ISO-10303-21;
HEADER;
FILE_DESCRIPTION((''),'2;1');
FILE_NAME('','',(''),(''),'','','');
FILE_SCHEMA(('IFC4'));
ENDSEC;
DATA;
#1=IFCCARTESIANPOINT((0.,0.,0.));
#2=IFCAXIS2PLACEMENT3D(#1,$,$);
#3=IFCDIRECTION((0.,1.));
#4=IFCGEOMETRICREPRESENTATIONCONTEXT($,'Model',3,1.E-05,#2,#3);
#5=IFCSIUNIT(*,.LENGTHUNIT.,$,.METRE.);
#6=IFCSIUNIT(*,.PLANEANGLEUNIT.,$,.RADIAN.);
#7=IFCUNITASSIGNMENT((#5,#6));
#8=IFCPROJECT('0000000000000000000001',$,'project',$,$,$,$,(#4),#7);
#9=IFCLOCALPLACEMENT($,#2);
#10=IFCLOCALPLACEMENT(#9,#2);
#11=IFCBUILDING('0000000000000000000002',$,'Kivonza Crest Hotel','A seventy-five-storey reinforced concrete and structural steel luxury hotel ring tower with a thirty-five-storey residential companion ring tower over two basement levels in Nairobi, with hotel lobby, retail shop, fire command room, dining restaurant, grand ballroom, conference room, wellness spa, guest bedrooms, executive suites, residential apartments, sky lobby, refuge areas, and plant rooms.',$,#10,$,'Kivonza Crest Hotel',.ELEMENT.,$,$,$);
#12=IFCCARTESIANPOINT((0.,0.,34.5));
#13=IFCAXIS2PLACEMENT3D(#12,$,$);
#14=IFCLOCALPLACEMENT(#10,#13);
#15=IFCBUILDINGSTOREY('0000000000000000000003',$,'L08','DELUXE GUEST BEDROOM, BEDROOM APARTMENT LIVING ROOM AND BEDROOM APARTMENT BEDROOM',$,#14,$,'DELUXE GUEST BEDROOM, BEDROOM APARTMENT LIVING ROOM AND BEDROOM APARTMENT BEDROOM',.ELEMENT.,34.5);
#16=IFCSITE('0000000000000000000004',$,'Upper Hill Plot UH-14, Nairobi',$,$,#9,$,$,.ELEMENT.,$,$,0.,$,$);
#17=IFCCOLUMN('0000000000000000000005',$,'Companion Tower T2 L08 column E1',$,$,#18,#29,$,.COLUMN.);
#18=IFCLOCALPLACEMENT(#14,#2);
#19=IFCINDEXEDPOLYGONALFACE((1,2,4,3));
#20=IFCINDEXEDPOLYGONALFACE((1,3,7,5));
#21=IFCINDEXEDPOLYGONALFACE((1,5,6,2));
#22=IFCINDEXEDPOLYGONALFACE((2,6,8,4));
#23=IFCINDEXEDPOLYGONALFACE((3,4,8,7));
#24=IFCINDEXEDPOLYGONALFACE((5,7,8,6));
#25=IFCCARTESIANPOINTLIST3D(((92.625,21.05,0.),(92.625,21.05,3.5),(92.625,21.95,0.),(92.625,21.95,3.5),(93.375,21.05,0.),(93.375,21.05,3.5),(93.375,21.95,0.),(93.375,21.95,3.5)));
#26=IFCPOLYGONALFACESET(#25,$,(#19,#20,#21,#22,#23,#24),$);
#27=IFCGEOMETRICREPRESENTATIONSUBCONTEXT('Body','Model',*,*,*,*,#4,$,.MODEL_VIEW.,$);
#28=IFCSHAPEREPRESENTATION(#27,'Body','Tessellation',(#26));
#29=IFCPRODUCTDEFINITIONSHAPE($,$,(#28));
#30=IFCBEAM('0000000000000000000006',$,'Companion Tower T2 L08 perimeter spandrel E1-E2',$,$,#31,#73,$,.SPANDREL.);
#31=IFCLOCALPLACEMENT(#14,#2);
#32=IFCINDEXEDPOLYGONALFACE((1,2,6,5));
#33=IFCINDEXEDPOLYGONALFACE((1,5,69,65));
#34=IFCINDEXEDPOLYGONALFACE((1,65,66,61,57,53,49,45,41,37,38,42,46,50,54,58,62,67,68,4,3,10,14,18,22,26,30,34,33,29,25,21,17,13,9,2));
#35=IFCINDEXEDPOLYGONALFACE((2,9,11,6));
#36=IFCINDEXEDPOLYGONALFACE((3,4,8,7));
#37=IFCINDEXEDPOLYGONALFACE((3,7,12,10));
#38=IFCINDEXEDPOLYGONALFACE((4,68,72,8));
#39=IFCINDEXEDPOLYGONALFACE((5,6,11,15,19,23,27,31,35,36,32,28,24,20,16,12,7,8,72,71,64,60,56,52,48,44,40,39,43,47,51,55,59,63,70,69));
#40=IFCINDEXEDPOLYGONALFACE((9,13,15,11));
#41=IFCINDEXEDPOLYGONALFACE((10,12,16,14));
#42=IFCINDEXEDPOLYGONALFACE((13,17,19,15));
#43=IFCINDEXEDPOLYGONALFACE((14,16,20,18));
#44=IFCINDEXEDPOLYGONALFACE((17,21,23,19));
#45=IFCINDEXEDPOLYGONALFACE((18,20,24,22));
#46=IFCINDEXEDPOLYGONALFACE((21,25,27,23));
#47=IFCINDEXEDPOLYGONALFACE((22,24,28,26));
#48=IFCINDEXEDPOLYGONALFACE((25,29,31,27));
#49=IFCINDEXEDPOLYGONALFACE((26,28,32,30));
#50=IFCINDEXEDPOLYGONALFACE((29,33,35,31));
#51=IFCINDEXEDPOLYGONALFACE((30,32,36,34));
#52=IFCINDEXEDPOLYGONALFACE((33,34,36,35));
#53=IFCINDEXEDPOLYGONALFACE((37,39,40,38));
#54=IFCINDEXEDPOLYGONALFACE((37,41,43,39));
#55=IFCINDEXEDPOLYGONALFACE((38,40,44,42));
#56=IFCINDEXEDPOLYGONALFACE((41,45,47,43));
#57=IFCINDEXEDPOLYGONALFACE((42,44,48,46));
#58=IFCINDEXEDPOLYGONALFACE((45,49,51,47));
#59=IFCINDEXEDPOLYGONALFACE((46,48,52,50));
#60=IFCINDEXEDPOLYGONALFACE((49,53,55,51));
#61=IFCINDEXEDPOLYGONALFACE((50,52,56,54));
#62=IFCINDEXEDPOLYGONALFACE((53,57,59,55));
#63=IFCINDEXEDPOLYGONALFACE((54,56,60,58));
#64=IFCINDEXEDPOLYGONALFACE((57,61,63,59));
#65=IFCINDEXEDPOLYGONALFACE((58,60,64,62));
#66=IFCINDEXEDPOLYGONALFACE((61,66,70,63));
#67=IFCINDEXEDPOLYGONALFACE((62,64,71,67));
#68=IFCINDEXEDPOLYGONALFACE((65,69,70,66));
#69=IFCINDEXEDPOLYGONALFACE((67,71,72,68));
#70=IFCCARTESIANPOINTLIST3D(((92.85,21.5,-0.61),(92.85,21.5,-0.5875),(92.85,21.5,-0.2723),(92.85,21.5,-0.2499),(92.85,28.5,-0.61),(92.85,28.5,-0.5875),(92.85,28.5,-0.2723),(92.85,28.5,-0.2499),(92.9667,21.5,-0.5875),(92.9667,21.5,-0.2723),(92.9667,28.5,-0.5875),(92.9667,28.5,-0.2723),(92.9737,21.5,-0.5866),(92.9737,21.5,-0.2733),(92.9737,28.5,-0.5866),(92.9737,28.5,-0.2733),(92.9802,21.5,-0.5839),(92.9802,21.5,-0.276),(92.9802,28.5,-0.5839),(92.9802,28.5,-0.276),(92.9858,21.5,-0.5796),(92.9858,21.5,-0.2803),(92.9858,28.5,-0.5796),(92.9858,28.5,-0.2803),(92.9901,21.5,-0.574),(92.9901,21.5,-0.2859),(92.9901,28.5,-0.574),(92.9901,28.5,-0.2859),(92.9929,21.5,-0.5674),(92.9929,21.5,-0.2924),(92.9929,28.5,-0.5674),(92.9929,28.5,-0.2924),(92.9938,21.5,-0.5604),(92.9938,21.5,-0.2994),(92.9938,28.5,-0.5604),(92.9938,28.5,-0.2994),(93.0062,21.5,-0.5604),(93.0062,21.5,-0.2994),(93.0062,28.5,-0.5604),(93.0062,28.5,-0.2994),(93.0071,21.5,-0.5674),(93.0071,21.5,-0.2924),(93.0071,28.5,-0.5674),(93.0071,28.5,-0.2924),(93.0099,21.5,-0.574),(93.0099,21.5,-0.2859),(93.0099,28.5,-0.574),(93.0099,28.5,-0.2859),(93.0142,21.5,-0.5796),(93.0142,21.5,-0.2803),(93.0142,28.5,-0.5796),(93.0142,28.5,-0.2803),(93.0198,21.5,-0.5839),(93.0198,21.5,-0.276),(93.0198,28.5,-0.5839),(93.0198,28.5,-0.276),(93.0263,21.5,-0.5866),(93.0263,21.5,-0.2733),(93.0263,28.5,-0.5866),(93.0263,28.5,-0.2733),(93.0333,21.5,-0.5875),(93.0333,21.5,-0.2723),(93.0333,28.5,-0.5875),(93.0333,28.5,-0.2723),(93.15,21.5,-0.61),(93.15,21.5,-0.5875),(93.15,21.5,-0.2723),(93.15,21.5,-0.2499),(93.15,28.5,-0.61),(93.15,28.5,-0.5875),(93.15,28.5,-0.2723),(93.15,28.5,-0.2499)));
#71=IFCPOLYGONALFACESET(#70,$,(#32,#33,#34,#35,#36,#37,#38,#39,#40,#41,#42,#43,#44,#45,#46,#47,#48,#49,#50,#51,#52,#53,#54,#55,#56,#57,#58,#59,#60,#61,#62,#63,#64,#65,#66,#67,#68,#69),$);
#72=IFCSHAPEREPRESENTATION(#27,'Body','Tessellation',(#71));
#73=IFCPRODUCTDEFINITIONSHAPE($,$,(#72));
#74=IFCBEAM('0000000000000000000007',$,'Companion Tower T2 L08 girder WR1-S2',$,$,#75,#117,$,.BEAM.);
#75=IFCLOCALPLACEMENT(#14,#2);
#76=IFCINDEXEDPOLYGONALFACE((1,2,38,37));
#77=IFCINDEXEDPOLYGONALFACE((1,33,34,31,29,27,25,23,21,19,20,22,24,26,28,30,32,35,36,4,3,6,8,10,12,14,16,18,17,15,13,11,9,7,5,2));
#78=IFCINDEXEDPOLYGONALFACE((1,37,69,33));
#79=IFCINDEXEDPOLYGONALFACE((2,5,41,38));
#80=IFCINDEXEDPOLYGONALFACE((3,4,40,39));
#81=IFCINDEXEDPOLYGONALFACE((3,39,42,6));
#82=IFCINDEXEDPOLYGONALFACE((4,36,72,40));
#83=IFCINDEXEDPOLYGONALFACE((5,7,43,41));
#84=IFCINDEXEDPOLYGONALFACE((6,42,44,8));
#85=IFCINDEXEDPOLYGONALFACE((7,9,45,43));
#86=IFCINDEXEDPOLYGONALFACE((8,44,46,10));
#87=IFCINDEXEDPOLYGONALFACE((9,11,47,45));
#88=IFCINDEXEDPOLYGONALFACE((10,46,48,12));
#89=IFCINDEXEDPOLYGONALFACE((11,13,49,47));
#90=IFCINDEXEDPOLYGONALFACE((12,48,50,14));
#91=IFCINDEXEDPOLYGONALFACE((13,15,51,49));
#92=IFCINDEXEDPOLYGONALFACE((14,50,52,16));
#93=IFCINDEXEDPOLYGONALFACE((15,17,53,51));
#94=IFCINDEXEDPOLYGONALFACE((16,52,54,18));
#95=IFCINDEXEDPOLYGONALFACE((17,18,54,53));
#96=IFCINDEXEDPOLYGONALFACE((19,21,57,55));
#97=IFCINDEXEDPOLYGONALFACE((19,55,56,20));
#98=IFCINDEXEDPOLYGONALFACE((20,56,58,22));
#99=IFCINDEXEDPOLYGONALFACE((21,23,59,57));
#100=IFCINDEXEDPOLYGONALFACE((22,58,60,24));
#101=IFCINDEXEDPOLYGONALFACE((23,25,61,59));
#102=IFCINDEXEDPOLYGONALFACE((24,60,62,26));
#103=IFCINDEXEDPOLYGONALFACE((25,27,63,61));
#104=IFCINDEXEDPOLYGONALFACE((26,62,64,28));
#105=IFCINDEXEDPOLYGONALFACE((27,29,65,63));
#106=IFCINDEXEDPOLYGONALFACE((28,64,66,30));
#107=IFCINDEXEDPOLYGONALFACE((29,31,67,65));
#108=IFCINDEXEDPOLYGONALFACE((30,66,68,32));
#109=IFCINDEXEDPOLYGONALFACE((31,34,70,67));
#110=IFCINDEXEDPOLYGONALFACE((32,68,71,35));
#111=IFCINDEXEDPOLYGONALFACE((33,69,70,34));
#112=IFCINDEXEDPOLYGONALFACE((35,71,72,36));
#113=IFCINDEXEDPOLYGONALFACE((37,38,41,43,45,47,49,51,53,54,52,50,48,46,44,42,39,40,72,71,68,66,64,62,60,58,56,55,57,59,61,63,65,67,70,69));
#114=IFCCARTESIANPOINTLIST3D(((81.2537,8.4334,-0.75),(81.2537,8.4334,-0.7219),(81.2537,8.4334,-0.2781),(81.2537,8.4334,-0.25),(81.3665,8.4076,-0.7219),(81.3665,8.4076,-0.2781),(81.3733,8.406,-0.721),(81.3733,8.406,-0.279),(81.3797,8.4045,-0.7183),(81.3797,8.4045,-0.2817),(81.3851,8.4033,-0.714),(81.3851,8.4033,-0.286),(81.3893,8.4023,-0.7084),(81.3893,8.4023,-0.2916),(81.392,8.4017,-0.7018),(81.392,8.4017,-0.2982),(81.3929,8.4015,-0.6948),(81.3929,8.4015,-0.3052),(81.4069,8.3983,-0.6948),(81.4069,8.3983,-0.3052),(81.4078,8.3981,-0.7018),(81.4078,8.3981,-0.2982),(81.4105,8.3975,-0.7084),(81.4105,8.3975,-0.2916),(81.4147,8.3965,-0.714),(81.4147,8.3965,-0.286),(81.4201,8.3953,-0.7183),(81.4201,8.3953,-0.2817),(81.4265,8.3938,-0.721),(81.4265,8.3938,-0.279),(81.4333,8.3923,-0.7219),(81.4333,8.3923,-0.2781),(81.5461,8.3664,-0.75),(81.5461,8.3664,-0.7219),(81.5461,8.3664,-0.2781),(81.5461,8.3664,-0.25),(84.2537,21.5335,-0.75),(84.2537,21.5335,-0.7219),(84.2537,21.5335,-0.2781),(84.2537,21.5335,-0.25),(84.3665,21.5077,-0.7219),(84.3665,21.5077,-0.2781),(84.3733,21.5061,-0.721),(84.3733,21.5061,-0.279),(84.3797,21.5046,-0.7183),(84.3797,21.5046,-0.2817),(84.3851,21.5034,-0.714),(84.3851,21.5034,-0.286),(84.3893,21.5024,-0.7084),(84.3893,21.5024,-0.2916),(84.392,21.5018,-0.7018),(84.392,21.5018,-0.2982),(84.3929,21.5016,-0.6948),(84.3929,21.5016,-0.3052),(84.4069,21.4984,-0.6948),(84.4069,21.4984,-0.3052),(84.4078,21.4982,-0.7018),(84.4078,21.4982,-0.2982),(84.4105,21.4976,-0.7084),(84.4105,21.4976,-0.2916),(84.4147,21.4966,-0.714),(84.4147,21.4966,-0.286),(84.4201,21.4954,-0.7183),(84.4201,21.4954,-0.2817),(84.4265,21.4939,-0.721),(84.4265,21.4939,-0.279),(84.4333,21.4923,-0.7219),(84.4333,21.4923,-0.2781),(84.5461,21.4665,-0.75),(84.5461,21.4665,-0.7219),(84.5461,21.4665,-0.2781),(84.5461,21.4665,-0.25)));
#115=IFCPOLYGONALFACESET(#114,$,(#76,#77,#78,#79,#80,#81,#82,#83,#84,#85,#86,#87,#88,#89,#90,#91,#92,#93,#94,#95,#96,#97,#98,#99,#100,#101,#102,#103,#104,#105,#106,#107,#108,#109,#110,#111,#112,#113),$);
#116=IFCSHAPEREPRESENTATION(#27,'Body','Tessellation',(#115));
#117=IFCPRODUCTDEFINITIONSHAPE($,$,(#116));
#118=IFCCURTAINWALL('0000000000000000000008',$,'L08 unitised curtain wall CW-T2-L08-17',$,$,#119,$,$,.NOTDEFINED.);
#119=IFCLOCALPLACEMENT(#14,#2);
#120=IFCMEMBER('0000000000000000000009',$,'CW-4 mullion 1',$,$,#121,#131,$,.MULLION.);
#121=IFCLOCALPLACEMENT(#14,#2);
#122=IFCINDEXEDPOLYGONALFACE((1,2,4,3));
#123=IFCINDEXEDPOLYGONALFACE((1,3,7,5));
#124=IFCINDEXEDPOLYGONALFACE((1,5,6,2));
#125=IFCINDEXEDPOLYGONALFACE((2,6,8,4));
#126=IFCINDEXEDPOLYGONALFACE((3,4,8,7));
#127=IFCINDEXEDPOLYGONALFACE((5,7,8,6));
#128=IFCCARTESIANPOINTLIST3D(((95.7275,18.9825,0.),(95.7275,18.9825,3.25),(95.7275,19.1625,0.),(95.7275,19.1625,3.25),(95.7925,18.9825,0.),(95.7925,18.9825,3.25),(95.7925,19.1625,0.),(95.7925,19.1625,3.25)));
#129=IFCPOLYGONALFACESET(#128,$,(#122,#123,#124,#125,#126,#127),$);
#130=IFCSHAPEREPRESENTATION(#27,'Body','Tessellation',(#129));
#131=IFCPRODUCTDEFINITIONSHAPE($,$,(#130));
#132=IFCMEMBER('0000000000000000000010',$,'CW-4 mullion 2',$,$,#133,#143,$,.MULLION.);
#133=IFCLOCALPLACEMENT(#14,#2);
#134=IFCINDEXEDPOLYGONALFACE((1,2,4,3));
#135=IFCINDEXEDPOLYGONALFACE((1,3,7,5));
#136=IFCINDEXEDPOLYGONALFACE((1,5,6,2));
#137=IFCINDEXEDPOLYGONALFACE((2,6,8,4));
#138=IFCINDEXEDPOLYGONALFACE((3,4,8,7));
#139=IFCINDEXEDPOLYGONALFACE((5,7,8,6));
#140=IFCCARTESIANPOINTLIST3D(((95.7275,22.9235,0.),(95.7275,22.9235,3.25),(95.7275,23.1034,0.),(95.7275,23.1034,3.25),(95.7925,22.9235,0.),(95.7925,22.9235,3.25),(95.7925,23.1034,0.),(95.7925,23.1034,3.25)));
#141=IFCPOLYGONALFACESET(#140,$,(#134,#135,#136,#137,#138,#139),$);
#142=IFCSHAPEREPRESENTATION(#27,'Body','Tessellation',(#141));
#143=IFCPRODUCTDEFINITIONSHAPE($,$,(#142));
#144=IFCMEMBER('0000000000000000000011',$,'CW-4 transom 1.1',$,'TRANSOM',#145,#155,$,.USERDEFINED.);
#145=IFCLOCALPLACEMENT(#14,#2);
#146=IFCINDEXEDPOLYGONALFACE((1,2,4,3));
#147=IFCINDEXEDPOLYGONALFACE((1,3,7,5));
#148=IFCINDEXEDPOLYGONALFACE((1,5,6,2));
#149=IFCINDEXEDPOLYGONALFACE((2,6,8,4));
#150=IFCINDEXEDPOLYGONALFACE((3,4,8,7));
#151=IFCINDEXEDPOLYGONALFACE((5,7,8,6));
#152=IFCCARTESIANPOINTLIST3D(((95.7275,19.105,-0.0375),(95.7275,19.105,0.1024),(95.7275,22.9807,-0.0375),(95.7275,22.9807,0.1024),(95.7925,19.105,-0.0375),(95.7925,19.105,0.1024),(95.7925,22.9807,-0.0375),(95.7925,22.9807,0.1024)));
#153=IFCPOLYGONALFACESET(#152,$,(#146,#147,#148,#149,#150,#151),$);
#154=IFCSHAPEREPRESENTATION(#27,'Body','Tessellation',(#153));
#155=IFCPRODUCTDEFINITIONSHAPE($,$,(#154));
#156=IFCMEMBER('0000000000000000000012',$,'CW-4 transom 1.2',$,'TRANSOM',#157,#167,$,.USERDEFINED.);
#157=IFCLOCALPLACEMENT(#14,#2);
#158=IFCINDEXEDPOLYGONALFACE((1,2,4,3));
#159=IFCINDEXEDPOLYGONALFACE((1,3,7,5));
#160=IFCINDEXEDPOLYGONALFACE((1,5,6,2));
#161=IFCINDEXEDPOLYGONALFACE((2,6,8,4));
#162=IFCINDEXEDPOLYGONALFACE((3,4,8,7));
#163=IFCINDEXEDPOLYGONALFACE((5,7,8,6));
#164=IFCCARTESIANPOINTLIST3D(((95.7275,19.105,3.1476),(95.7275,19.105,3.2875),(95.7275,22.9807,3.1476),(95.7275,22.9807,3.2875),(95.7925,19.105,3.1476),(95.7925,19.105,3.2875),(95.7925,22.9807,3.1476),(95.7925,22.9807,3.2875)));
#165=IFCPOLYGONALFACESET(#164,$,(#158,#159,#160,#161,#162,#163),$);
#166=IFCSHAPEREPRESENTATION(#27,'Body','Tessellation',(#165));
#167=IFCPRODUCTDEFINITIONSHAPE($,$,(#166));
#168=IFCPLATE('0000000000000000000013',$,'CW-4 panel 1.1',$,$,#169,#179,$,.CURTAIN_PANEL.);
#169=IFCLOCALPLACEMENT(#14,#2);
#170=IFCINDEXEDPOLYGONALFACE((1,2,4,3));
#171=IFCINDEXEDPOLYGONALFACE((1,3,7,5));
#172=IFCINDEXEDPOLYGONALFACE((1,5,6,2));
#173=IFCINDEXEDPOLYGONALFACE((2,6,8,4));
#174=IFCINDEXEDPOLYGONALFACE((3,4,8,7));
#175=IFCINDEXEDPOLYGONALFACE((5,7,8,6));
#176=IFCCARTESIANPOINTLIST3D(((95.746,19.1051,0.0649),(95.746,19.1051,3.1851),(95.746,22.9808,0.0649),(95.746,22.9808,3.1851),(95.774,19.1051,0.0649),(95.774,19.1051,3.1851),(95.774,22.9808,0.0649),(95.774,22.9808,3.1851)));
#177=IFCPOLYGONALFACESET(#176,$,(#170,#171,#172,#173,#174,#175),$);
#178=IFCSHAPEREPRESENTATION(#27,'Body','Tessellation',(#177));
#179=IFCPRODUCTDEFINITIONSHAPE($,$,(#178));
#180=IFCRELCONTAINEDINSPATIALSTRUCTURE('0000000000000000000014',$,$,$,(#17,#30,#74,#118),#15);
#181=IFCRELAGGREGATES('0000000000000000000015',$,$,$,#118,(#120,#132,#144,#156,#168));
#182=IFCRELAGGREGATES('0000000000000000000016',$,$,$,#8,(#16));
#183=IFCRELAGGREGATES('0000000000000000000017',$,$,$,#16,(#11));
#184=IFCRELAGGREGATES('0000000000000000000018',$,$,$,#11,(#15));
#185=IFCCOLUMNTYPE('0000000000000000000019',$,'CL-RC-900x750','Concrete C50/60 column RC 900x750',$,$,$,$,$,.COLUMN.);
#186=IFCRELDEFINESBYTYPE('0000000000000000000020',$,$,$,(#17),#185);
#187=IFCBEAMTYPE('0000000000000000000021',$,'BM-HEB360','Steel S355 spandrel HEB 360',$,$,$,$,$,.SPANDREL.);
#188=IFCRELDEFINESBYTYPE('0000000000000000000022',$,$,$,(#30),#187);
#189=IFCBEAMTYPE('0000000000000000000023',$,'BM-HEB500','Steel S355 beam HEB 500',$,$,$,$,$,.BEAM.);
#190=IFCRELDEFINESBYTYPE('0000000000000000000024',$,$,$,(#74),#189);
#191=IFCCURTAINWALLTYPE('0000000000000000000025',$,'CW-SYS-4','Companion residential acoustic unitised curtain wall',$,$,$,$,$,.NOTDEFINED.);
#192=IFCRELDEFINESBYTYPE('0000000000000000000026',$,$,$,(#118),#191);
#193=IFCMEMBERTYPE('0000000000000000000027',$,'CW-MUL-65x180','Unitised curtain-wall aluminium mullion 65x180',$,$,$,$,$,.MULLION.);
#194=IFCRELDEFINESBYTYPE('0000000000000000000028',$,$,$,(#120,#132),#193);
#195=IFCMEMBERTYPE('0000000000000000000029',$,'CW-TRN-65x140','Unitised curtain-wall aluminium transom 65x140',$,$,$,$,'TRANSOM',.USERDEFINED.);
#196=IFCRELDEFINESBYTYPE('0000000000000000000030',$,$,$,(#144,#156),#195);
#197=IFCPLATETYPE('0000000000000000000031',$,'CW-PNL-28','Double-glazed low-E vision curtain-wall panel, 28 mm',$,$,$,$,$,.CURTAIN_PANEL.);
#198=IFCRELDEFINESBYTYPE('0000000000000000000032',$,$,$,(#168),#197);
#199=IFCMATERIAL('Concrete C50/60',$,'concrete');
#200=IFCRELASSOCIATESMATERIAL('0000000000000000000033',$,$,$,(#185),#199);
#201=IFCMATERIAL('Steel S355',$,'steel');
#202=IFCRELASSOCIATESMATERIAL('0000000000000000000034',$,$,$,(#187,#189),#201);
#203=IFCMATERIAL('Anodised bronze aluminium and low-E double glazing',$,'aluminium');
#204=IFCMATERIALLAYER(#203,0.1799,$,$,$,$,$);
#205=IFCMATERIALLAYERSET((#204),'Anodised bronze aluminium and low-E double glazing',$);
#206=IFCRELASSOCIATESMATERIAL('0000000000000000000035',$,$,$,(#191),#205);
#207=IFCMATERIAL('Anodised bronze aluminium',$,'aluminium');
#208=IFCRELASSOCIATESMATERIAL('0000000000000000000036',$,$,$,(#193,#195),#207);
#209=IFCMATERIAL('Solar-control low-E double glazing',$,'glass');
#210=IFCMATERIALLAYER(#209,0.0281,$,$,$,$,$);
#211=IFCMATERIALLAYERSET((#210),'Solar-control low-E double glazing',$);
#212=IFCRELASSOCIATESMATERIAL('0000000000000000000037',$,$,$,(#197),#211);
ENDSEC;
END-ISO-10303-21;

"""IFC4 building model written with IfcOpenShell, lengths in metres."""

from ifc_helpers import new_model, si_unit, direction, frame, origin, origin_2d, place, context, subcontext, project, spatial, rectangle, i_section, extrude, material, layer, layer_set, material_profile, profile_set, type_object, element, aggregate, save


model = new_model("IFC4")

# Units and contexts
model_context = context("Model", 3, precision=1e-05, world=origin(), true_north=direction((0.0, 1.0)))
body_context = subcontext(model_context, "Body", "Model", "MODEL_VIEW")
ifc_project = project(units=[si_unit("LENGTHUNIT", "METRE"), si_unit("PLANEANGLEUNIT", "RADIAN")], contexts=[model_context])

# Site, building, storey
site_placement = place(None, origin())
site = spatial("IfcSite", under=ifc_project, at=site_placement, Name="Upper Hill Plot UH-14, Nairobi", CompositionType="ELEMENT", RefElevation=0.0)
building_placement = place(site_placement, origin())
building = spatial("IfcBuilding", under=site, at=building_placement, Name="Kivonza Crest Hotel", Description="A seventy-five-storey reinforced concrete and structural steel luxury hotel ring tower with a thirty-five-storey residential companion ring tower over two basement levels in Nairobi, with hotel lobby, retail shop, fire command room, dining restaurant, grand ballroom, conference room, wellness spa, guest bedrooms, executive suites, residential apartments, sky lobby, refuge areas, and plant rooms.", LongName="Kivonza Crest Hotel", CompositionType="ELEMENT")
storey_placement = place(building_placement, frame((0.0, 0.0, 34.5)))
storey = spatial("IfcBuildingStorey", under=building, at=storey_placement, Name="L08", Description="DELUXE GUEST BEDROOM, BEDROOM APARTMENT LIVING ROOM AND BEDROOM APARTMENT BEDROOM", LongName="DELUXE GUEST BEDROOM, BEDROOM APARTMENT LIVING ROOM AND BEDROOM APARTMENT BEDROOM", CompositionType="ELEMENT", Elevation=34.5)

# Column
ifc_material_1 = material(Name="Concrete C50/60", Category="concrete")
ifc_material_profile_1 = material_profile(ifc_material_1, rectangle(XDim=0.75, YDim=0.8999, at=origin_2d()), Name="RC 900x750")
ifc_profile_set_1 = profile_set([ifc_material_profile_1], Name="Concrete C50/60")
column_type = type_object("IfcColumnType", Name="CL-RC-900x750", Description="Concrete C50/60 column RC 900x750", PredefinedType="COLUMN", material=ifc_profile_set_1)
column_placement = place(storey_placement, frame((93.0, 21.5, 0.0), z_axis=(0.0, 0.0, 1.0), x_axis=(1.0, 0.0, 0.0)))
element("IfcColumn", 1, at=column_placement, inside=storey, type_object=column_type, Name="Companion Tower T2 L08 column E1", PredefinedType="COLUMN", context=body_context, shape_type="SweptSolid", body=[
    extrude(rectangle(XDim=0.75, YDim=0.8999, at=origin_2d()), origin(), (0.0, 0.0, 1.0), 3.5),
])

# Beams
ifc_material_2 = material(Name="Steel S355", Category="steel")
ifc_material_profile_2 = material_profile(ifc_material_2, i_section(OverallWidth=0.3, OverallDepth=0.3601, WebThickness=0.0125, FlangeThickness=0.0225, FilletRadius=0.0271, at=origin_2d()), Name="HEB 360")
ifc_profile_set_2 = profile_set([ifc_material_profile_2], Name="Steel S355")
beam_type_1 = type_object("IfcBeamType", Name="BM-HEB360", Description="Steel S355 spandrel HEB 360", PredefinedType="SPANDREL", material=ifc_profile_set_2)
beam_1_placement = place(storey_placement, frame((93.0, 21.5, -0.4299), z_axis=(0.0, 1.0, 0.0), x_axis=(-1.0, 0.0, 0.0)))
element("IfcBeam", 2, at=beam_1_placement, inside=storey, type_object=beam_type_1, Name="Companion Tower T2 L08 perimeter spandrel E1-E2", PredefinedType="SPANDREL", context=body_context, shape_type="SweptSolid", body=[
    extrude(i_section(OverallWidth=0.3, OverallDepth=0.3601, WebThickness=0.0125, FlangeThickness=0.0225, FilletRadius=0.0271, at=origin_2d()), origin(), (0.0, 0.0, 1.0), 7.0),
])
ifc_material_profile_3 = material_profile(ifc_material_2, i_section(OverallWidth=0.3, OverallDepth=0.5, WebThickness=0.0144, FlangeThickness=0.0281, FilletRadius=0.0271, at=origin_2d()), Name="HEB 500")
ifc_profile_set_3 = profile_set([ifc_material_profile_3], Name="Steel S355")
beam_type_2 = type_object("IfcBeamType", Name="BM-HEB500", Description="Steel S355 beam HEB 500", PredefinedType="BEAM", material=ifc_profile_set_3)
beam_2_placement = place(storey_placement, frame((84.3999, 21.5, -0.5), z_axis=(-0.223227, -0.974766, 0.0), x_axis=(0.974766, -0.223227, 0.0)))
element("IfcBeam", 3, at=beam_2_placement, inside=storey, type_object=beam_type_2, Name="Companion Tower T2 L08 girder WR1-S2", PredefinedType="BEAM", context=body_context, shape_type="SweptSolid", body=[
    extrude(i_section(OverallWidth=0.3, OverallDepth=0.5, WebThickness=0.0144, FlangeThickness=0.0281, FilletRadius=0.0271, at=origin_2d()), origin(), (0.0, 0.0, 1.0), 13.4392),
])

# Curtain wall, members, plate
ifc_material_3 = material(Name="Anodised bronze aluminium and low-E double glazing", Category="aluminium")
ifc_layer_1 = layer(ifc_material_3, 0.1799)
ifc_layer_set_1 = layer_set([ifc_layer_1], Name="Anodised bronze aluminium and low-E double glazing")
curtain_wall_type = type_object("IfcCurtainWallType", Name="CW-SYS-4", Description="Companion residential acoustic unitised curtain wall", PredefinedType="NOTDEFINED", material=ifc_layer_set_1)
curtain_wall_placement = place(storey_placement, origin())
curtain_wall = element("IfcCurtainWall", 4, at=curtain_wall_placement, inside=storey, type_object=curtain_wall_type, Name="L08 unitised curtain wall CW-T2-L08-17", PredefinedType="NOTDEFINED")
ifc_material_4 = material(Name="Anodised bronze aluminium", Category="aluminium")
ifc_material_profile_4 = material_profile(ifc_material_4, rectangle(XDim=0.0649, YDim=0.1799, at=origin_2d()), Name="CW-M 65x180")
ifc_profile_set_4 = profile_set([ifc_material_profile_4], Name="Anodised bronze aluminium")
member_type_1 = type_object("IfcMemberType", Name="CW-MUL-65x180", Description="Unitised curtain-wall aluminium mullion 65x180", PredefinedType="MULLION", material=ifc_profile_set_4)
member_1_placement = place(storey_placement, frame((95.76, 19.0725, 0.0), z_axis=(0.0, 0.0, 1.0), x_axis=(-1.0, 0.0, 0.0)))
member_1 = element("IfcMember", 5, at=member_1_placement, type_object=member_type_1, Name="CW-4 mullion 1", PredefinedType="MULLION", context=body_context, shape_type="SweptSolid", body=[
    extrude(rectangle(XDim=0.0649, YDim=0.1799, at=origin_2d()), origin(), (0.0, 0.0, 1.0), 3.25),
])
member_2_placement = place(storey_placement, frame((95.76, 23.0134, 0.0), z_axis=(0.0, 0.0, 1.0), x_axis=(-1.0, 0.0, 0.0)))
member_2 = element("IfcMember", 6, at=member_2_placement, type_object=member_type_1, Name="CW-4 mullion 2", PredefinedType="MULLION", context=body_context, shape_type="SweptSolid", body=[
    extrude(rectangle(XDim=0.0649, YDim=0.1799, at=origin_2d()), origin(), (0.0, 0.0, 1.0), 3.25),
])
ifc_material_profile_5 = material_profile(ifc_material_4, rectangle(XDim=0.0649, YDim=0.1399, at=origin_2d()), Name="CW-T 65x140")
ifc_profile_set_5 = profile_set([ifc_material_profile_5], Name="Anodised bronze aluminium")
member_type_2 = type_object("IfcMemberType", Name="CW-TRN-65x140", Description="Unitised curtain-wall aluminium transom 65x140", ElementType="TRANSOM", PredefinedType="USERDEFINED", material=ifc_profile_set_5)
member_3_placement = place(storey_placement, frame((95.76, 19.105, 0.0325), z_axis=(0.0, 1.0, 0.0), x_axis=(-1.0, 0.0, 0.0)))
member_3 = element("IfcMember", 7, at=member_3_placement, type_object=member_type_2, Name="CW-4 transom 1.1", ObjectType="TRANSOM", PredefinedType="USERDEFINED", context=body_context, shape_type="SweptSolid", body=[
    extrude(rectangle(XDim=0.0649, YDim=0.1399, at=origin_2d()), origin(), (0.0, 0.0, 1.0), 3.8757),
])
member_4_placement = place(storey_placement, frame((95.76, 19.105, 3.2175), z_axis=(0.0, 1.0, 0.0), x_axis=(-1.0, 0.0, 0.0)))
member_4 = element("IfcMember", 8, at=member_4_placement, type_object=member_type_2, Name="CW-4 transom 1.2", ObjectType="TRANSOM", PredefinedType="USERDEFINED", context=body_context, shape_type="SweptSolid", body=[
    extrude(rectangle(XDim=0.0649, YDim=0.1399, at=origin_2d()), origin(), (0.0, 0.0, 1.0), 3.8757),
])
ifc_material_5 = material(Name="Solar-control low-E double glazing", Category="glass")
ifc_layer_2 = layer(ifc_material_5, 0.0281)
ifc_layer_set_2 = layer_set([ifc_layer_2], Name="Solar-control low-E double glazing")
plate_type = type_object("IfcPlateType", Name="CW-PNL-28", Description="Double-glazed low-E vision curtain-wall panel, 28 mm", PredefinedType="CURTAIN_PANEL", material=ifc_layer_set_2)
plate_placement = place(storey_placement, frame((95.76, 21.043, 0.0649), z_axis=(0.0, 0.0, 1.0), x_axis=(0.0, 1.0, 0.0)))
plate = element("IfcPlate", 9, at=plate_placement, type_object=plate_type, Name="CW-4 panel 1.1", PredefinedType="CURTAIN_PANEL", context=body_context, shape_type="SweptSolid", body=[
    extrude(rectangle(XDim=3.8757, YDim=0.0281, at=origin_2d()), origin(), (0.0, 0.0, 1.0), 3.1201),
])
aggregate(curtain_wall, [member_1, member_2, member_3, member_4, plate])

save(model, "model.ifc")
